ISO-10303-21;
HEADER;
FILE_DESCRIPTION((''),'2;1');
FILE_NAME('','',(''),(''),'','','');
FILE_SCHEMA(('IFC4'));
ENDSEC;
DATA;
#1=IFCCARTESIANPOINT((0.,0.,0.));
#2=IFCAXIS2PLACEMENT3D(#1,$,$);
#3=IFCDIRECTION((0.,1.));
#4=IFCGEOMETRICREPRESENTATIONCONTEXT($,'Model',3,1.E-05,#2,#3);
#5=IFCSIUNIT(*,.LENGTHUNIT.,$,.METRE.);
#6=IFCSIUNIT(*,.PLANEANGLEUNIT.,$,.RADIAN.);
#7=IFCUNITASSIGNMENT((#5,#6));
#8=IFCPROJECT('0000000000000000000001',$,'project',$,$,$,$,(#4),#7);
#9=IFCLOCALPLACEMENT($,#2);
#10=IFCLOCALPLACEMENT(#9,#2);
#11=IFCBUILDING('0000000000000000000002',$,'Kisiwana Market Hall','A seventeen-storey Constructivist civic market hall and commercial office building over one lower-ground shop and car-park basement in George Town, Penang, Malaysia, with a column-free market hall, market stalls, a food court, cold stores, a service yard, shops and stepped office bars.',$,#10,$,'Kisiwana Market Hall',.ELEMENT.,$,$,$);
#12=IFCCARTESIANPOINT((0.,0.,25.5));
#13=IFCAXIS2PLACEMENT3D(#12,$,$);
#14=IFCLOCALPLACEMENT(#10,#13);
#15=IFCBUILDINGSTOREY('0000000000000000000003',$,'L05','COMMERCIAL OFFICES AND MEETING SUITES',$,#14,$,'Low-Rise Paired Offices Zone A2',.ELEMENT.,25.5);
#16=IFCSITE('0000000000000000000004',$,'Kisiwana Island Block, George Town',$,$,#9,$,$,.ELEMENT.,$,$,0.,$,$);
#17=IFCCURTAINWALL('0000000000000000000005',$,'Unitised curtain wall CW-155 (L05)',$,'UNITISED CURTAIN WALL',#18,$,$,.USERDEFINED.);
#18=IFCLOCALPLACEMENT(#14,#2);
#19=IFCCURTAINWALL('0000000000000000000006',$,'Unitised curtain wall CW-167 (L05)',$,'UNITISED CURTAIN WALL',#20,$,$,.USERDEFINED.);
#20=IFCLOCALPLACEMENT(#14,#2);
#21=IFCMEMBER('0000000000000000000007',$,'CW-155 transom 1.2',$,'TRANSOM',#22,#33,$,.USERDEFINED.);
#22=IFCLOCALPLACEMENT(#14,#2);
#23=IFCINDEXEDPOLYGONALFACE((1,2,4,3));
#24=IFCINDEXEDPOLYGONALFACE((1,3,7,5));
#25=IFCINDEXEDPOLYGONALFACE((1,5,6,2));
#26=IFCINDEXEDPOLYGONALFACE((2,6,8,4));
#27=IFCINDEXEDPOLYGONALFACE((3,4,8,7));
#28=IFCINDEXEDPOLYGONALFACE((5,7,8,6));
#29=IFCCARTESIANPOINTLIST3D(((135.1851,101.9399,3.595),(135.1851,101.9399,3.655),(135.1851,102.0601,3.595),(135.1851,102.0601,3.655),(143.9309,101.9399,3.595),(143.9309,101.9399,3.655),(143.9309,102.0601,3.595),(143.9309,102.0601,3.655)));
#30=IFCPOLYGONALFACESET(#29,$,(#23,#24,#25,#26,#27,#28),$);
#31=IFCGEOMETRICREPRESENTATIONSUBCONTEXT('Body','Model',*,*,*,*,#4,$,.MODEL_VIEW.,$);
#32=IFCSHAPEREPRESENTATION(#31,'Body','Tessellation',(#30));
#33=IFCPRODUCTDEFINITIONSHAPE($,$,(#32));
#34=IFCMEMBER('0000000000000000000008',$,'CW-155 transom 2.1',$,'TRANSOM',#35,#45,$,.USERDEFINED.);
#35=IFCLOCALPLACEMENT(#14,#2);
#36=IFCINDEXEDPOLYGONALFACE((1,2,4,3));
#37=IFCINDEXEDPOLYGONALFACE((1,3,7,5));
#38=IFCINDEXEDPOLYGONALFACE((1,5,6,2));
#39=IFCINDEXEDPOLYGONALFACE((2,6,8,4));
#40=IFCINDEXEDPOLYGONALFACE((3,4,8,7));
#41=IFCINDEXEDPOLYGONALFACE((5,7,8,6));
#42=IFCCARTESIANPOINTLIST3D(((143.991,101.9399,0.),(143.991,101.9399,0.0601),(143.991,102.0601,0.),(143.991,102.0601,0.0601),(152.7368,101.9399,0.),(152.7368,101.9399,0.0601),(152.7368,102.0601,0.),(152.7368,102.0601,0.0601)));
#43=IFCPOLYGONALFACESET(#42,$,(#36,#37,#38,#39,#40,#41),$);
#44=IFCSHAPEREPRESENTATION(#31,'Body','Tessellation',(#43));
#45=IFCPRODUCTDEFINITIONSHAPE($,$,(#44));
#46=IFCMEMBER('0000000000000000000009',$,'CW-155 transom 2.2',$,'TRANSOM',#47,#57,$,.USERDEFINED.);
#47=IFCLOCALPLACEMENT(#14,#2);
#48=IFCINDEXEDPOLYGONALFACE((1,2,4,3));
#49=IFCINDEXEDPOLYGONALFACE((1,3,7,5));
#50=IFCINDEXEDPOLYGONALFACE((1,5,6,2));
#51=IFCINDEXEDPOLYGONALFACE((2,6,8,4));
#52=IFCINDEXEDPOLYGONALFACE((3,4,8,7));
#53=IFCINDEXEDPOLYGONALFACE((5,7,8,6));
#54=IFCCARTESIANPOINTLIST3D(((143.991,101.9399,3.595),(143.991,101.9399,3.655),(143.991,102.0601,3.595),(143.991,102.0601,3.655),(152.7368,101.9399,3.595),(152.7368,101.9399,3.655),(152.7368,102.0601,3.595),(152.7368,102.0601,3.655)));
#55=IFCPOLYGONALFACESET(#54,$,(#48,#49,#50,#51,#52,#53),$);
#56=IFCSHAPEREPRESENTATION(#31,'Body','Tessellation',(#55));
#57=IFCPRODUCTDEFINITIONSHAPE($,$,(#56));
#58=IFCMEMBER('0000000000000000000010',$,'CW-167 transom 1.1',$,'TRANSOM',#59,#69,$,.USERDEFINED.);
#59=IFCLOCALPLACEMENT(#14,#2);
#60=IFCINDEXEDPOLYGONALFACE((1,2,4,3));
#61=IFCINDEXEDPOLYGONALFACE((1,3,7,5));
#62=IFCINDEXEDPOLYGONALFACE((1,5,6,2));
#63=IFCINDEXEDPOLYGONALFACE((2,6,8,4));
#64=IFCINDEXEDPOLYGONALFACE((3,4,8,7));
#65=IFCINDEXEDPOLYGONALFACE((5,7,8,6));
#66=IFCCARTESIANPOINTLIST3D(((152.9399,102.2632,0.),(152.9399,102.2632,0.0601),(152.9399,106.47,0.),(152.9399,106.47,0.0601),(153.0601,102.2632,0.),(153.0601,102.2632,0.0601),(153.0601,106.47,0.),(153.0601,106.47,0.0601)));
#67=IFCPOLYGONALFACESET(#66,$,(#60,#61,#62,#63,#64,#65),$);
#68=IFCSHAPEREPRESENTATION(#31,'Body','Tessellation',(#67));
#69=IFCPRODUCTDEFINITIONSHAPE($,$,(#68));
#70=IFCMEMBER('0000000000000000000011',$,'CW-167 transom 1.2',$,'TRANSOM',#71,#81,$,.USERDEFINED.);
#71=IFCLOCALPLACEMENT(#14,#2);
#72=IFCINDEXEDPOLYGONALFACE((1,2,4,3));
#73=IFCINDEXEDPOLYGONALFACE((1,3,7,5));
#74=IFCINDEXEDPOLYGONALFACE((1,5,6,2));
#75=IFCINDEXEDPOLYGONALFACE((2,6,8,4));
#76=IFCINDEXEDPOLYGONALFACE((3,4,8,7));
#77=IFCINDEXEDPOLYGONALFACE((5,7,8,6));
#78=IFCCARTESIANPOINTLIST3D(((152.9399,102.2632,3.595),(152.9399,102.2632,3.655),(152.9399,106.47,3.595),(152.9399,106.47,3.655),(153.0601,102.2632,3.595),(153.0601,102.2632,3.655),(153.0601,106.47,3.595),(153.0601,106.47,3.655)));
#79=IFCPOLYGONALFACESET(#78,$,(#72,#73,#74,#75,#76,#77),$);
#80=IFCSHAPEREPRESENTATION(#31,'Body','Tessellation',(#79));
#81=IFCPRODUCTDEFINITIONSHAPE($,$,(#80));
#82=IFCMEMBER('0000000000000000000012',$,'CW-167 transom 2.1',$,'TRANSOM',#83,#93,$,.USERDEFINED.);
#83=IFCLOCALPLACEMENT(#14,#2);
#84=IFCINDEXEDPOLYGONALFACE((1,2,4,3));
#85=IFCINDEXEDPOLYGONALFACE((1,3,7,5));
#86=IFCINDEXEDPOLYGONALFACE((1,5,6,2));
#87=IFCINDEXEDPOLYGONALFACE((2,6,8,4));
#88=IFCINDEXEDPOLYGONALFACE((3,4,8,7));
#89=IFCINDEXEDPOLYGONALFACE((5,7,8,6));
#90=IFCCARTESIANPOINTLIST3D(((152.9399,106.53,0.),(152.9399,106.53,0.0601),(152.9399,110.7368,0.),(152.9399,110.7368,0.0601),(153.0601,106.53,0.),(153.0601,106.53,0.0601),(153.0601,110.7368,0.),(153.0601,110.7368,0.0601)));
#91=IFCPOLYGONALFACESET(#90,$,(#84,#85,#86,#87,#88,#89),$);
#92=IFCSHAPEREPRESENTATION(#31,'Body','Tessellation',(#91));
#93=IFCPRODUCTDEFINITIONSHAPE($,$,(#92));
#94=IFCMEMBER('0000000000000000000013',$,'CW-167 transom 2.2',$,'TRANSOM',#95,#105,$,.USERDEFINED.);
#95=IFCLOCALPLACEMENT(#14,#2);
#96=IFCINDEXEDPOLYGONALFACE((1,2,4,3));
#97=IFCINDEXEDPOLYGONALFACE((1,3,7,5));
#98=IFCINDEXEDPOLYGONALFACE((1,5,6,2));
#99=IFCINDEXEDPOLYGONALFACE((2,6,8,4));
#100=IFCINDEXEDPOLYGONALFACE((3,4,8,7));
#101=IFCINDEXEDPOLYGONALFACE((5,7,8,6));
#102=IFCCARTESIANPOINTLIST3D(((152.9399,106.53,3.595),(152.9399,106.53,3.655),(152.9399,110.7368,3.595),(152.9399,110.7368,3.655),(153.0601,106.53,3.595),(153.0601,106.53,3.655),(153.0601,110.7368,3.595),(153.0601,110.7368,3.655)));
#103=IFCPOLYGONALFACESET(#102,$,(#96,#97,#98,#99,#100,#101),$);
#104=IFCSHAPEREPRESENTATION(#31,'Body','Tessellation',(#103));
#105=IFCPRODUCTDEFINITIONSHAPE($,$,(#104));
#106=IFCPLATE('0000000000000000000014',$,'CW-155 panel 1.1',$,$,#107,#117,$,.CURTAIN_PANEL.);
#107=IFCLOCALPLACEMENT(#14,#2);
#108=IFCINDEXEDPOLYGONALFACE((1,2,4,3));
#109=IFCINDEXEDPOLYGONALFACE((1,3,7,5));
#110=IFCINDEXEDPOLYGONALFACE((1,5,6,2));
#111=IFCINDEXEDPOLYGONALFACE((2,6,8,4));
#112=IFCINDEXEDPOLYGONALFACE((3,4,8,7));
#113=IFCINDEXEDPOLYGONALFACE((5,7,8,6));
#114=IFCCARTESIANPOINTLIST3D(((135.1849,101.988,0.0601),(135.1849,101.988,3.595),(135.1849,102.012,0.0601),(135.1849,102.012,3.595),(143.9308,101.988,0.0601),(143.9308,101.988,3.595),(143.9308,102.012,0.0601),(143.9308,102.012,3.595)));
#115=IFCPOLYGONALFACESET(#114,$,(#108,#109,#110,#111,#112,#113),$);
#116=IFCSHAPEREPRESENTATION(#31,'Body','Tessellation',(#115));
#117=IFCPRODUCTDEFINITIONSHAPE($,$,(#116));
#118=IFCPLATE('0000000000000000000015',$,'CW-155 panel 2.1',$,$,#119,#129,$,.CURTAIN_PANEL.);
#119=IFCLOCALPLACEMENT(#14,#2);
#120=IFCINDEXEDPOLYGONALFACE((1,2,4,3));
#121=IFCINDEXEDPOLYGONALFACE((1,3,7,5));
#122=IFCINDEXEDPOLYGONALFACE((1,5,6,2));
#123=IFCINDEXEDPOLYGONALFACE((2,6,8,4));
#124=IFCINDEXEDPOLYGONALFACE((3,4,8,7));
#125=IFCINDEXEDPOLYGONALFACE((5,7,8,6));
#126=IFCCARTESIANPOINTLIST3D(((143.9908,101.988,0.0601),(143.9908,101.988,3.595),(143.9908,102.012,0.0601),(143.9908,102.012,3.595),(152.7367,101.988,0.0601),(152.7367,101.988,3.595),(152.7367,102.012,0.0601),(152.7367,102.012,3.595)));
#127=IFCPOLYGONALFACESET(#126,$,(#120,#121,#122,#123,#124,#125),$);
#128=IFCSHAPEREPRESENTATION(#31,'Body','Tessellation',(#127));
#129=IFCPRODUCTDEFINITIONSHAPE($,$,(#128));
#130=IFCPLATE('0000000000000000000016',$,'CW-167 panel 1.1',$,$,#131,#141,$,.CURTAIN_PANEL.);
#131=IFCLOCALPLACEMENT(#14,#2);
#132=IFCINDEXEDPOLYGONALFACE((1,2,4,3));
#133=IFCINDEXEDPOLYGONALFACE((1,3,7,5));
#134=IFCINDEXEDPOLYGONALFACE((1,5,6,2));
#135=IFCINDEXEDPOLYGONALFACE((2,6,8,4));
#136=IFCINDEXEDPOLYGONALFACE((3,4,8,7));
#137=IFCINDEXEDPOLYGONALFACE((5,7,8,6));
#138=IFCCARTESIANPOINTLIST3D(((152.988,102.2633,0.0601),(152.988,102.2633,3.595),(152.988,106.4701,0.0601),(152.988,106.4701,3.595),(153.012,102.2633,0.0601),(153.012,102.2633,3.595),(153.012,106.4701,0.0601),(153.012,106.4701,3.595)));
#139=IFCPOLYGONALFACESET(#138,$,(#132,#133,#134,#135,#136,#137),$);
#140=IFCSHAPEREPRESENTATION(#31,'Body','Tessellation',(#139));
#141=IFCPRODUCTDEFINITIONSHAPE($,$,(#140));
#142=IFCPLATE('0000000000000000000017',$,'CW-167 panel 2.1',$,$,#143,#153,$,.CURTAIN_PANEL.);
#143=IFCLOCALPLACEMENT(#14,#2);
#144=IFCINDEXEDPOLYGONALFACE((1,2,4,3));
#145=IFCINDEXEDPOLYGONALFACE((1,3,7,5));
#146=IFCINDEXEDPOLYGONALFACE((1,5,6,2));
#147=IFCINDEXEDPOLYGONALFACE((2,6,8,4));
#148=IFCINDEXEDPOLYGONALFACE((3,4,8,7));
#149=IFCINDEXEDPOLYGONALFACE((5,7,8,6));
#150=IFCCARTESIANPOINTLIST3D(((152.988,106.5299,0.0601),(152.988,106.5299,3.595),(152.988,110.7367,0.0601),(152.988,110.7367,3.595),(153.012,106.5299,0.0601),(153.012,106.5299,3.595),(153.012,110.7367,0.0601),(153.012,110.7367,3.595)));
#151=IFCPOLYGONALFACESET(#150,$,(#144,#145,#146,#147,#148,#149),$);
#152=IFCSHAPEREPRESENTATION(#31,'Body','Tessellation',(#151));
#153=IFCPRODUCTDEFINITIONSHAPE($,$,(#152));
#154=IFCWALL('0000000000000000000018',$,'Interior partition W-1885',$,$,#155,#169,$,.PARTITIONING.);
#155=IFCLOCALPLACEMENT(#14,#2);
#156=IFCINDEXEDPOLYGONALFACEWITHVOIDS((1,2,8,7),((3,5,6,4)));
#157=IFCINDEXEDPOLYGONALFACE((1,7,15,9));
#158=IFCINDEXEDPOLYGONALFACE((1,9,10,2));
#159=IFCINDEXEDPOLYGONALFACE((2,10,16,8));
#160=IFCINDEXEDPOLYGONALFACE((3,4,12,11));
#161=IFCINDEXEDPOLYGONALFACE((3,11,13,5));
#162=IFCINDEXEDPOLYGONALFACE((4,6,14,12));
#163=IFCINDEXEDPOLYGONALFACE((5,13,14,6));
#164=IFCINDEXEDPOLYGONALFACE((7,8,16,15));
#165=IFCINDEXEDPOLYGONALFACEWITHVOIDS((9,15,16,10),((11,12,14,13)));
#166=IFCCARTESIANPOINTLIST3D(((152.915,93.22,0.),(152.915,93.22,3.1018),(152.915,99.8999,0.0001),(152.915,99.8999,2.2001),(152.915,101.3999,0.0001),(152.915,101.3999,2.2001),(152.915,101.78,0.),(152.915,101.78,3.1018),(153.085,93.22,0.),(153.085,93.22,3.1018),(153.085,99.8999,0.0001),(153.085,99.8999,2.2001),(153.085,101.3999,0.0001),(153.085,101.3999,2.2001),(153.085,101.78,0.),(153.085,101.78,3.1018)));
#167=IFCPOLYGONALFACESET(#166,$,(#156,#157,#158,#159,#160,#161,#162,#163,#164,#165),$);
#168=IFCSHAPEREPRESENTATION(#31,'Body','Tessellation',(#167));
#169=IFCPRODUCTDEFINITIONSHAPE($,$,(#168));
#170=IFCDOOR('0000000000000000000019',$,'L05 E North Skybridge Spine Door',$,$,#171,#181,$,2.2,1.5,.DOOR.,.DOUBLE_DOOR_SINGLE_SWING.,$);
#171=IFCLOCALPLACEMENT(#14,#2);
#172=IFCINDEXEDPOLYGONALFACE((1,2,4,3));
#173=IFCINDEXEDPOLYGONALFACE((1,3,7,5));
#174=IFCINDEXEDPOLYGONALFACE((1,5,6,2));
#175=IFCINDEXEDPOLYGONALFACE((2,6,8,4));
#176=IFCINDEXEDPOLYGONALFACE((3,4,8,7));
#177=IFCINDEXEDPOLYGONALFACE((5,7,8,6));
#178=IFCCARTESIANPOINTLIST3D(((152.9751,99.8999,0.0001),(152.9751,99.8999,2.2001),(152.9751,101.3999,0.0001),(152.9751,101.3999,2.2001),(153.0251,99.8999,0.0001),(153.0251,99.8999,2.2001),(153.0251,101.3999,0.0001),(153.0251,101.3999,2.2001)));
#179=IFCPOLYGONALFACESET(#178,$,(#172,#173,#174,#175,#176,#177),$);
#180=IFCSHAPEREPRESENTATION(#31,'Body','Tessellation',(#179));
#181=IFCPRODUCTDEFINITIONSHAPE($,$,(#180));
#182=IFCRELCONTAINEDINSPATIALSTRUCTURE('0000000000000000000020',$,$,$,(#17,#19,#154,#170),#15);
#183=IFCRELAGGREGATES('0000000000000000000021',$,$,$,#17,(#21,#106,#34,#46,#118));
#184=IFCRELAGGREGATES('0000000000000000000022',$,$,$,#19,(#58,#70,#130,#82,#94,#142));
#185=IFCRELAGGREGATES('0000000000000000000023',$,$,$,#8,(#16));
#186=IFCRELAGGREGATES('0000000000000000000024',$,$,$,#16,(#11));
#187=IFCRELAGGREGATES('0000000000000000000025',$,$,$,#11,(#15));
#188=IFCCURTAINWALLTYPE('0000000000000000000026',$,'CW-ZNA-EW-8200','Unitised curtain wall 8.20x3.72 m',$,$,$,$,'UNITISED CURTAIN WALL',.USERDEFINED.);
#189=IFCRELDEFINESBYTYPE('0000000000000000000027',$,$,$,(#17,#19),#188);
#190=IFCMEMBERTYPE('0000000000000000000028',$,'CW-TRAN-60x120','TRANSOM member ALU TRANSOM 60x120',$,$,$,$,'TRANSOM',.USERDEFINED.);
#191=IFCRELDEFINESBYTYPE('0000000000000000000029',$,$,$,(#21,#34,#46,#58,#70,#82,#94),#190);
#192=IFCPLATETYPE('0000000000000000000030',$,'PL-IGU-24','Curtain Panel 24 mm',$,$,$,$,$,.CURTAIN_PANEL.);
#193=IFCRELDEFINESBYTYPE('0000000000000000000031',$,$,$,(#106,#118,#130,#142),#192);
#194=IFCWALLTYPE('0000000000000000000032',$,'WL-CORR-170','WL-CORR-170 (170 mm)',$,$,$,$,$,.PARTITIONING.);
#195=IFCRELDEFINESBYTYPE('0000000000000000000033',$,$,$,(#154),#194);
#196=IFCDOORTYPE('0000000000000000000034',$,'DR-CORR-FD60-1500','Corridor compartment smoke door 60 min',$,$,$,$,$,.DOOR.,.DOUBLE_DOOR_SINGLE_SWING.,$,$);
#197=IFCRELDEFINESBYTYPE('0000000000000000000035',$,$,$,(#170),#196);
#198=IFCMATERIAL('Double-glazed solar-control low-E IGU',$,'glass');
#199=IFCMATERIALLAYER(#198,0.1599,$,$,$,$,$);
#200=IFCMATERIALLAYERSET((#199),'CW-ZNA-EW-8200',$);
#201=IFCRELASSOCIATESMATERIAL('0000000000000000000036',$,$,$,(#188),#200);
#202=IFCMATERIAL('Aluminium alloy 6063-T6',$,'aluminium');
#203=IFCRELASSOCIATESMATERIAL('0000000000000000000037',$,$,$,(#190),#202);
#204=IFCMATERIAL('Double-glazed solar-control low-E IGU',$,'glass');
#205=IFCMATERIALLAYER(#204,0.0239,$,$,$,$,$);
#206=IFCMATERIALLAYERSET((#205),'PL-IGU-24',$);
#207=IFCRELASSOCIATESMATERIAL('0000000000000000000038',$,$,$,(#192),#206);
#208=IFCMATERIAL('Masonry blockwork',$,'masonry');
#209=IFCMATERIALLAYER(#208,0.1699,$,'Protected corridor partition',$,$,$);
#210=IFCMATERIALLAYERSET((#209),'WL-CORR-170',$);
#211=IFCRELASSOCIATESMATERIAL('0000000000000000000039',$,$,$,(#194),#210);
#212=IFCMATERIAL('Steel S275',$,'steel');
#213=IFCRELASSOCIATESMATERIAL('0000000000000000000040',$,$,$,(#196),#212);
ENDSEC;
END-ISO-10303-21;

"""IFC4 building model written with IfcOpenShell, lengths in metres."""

from ifc_helpers import new_model, si_unit, direction, frame, frame_2d, origin, origin_2d, place, context, subcontext, project, spatial, rectangle, extrude, material, layer, layer_set, material_profile, profile_set, type_object, element, fill, aggregate, save


model = new_model("IFC4")

# Units and contexts
model_context = context("Model", 3, precision=1e-05, world=origin(), true_north=direction((0.0, 1.0)))
body_context = subcontext(model_context, "Body", "Model", "MODEL_VIEW")
ifc_project = project(units=[si_unit("LENGTHUNIT", "METRE"), si_unit("PLANEANGLEUNIT", "RADIAN")], contexts=[model_context])

# Site, building, storey
site_placement = place(None, origin())
site = spatial("IfcSite", under=ifc_project, at=site_placement, Name="Kisiwana Island Block, George Town", CompositionType="ELEMENT", RefElevation=0.0)
building_placement = place(site_placement, origin())
building = spatial("IfcBuilding", under=site, at=building_placement, Name="Kisiwana Market Hall", Description="A seventeen-storey Constructivist civic market hall and commercial office building over one lower-ground shop and car-park basement in George Town, Penang, Malaysia, with a column-free market hall, market stalls, a food court, cold stores, a service yard, shops and stepped office bars.", LongName="Kisiwana Market Hall", CompositionType="ELEMENT")
storey_placement = place(building_placement, frame((0.0, 0.0, 25.5)))
storey = spatial("IfcBuildingStorey", under=building, at=storey_placement, Name="L05", Description="COMMERCIAL OFFICES AND MEETING SUITES", LongName="Low-Rise Paired Offices Zone A2", CompositionType="ELEMENT", Elevation=25.5)

# Curtain wall
ifc_material_1 = material(Name="Double-glazed solar-control low-E IGU", Category="glass")
ifc_layer_1 = layer(ifc_material_1, 0.1599)
ifc_layer_set_1 = layer_set([ifc_layer_1], Name="CW-ZNA-EW-8200")
curtain_wall_type = type_object("IfcCurtainWallType", Name="CW-ZNA-EW-8200", Description="Unitised curtain wall 8.20x3.72 m", ElementType="UNITISED CURTAIN WALL", PredefinedType="USERDEFINED", material=ifc_layer_set_1)
curtain_wall_1_placement = place(storey_placement, origin())
curtain_wall_1 = element("IfcCurtainWall", 1, at=curtain_wall_1_placement, inside=storey, type_object=curtain_wall_type, Name="Unitised curtain wall CW-155 (L05)", ObjectType="UNITISED CURTAIN WALL", PredefinedType="USERDEFINED")

# Curtain wall
curtain_wall_2_placement = place(storey_placement, origin())
curtain_wall_2 = element("IfcCurtainWall", 2, at=curtain_wall_2_placement, inside=storey, type_object=curtain_wall_type, Name="Unitised curtain wall CW-167 (L05)", ObjectType="UNITISED CURTAIN WALL", PredefinedType="USERDEFINED")

# Members
ifc_material_2 = material(Name="Aluminium alloy 6063-T6", Category="aluminium")
ifc_material_profile_1 = material_profile(ifc_material_2, rectangle(XDim=0.1201, YDim=0.0601, at=origin_2d()), Name="ALU TRANSOM 60x120")
ifc_profile_set_1 = profile_set([ifc_material_profile_1], Name="Aluminium alloy 6063-T6")
member_type_1 = type_object("IfcMemberType", Name="CW-TRAN-60x120", Description="TRANSOM member ALU TRANSOM 60x120", ElementType="TRANSOM", PredefinedType="USERDEFINED", material=ifc_profile_set_1)
member_1_placement = place(storey_placement, frame((135.1851, 102.0, 3.625), z_axis=(1.0, 0.0, 0.0), x_axis=(0.0, 1.0, 0.0)))
member_1 = element("IfcMember", 3, at=member_1_placement, type_object=member_type_1, Name="CW-155 transom 1.2", ObjectType="TRANSOM", PredefinedType="USERDEFINED", context=body_context, shape_type="SweptSolid", body=[
    extrude(rectangle(XDim=0.1201, YDim=0.0601, at=origin_2d()), origin(), (0.0, 0.0, 1.0), 8.7458),
])
member_2_placement = place(storey_placement, frame((143.991, 102.0, 0.03), z_axis=(1.0, 0.0, 0.0), x_axis=(0.0, 1.0, 0.0)))
member_2 = element("IfcMember", 4, at=member_2_placement, type_object=member_type_1, Name="CW-155 transom 2.1", ObjectType="TRANSOM", PredefinedType="USERDEFINED", context=body_context, shape_type="SweptSolid", body=[
    extrude(rectangle(XDim=0.1201, YDim=0.0601, at=origin_2d()), origin(), (0.0, 0.0, 1.0), 8.7458),
])
member_3_placement = place(storey_placement, frame((143.991, 102.0, 3.625), z_axis=(1.0, 0.0, 0.0), x_axis=(0.0, 1.0, 0.0)))
member_3 = element("IfcMember", 5, at=member_3_placement, type_object=member_type_1, Name="CW-155 transom 2.2", ObjectType="TRANSOM", PredefinedType="USERDEFINED", context=body_context, shape_type="SweptSolid", body=[
    extrude(rectangle(XDim=0.1201, YDim=0.0601, at=origin_2d()), origin(), (0.0, 0.0, 1.0), 8.7458),
])
member_4_placement = place(storey_placement, frame((153.0, 102.2632, 0.03), z_axis=(0.0, 1.0, 0.0), x_axis=(-1.0, 0.0, 0.0)))
member_4 = element("IfcMember", 6, at=member_4_placement, type_object=member_type_1, Name="CW-167 transom 1.1", ObjectType="TRANSOM", PredefinedType="USERDEFINED", context=body_context, shape_type="SweptSolid", body=[
    extrude(rectangle(XDim=0.1201, YDim=0.0601, at=origin_2d()), origin(), (0.0, 0.0, 1.0), 4.2068),
])
member_5_placement = place(storey_placement, frame((153.0, 102.2632, 3.625), z_axis=(0.0, 1.0, 0.0), x_axis=(-1.0, 0.0, 0.0)))
member_5 = element("IfcMember", 7, at=member_5_placement, type_object=member_type_1, Name="CW-167 transom 1.2", ObjectType="TRANSOM", PredefinedType="USERDEFINED", context=body_context, shape_type="SweptSolid", body=[
    extrude(rectangle(XDim=0.1201, YDim=0.0601, at=origin_2d()), origin(), (0.0, 0.0, 1.0), 4.2068),
])
member_6_placement = place(storey_placement, frame((153.0, 106.53, 0.03), z_axis=(0.0, 1.0, 0.0), x_axis=(-1.0, 0.0, 0.0)))
member_6 = element("IfcMember", 8, at=member_6_placement, type_object=member_type_1, Name="CW-167 transom 2.1", ObjectType="TRANSOM", PredefinedType="USERDEFINED", context=body_context, shape_type="SweptSolid", body=[
    extrude(rectangle(XDim=0.1201, YDim=0.0601, at=origin_2d()), origin(), (0.0, 0.0, 1.0), 4.2068),
])
member_7_placement = place(storey_placement, frame((153.0, 106.53, 3.625), z_axis=(0.0, 1.0, 0.0), x_axis=(-1.0, 0.0, 0.0)))
member_7 = element("IfcMember", 9, at=member_7_placement, type_object=member_type_1, Name="CW-167 transom 2.2", ObjectType="TRANSOM", PredefinedType="USERDEFINED", context=body_context, shape_type="SweptSolid", body=[
    extrude(rectangle(XDim=0.1201, YDim=0.0601, at=origin_2d()), origin(), (0.0, 0.0, 1.0), 4.2068),
])

# Plates
ifc_material_3 = material(Name="Double-glazed solar-control low-E IGU", Category="glass")
ifc_layer_2 = layer(ifc_material_3, 0.0239)
ifc_layer_set_2 = layer_set([ifc_layer_2], Name="PL-IGU-24")
plate_type = type_object("IfcPlateType", Name="PL-IGU-24", Description="Curtain Panel 24 mm", PredefinedType="CURTAIN_PANEL", material=ifc_layer_set_2)
plate_1_placement = place(storey_placement, frame((139.5579, 102.0, 0.0601), z_axis=(0.0, 0.0, 1.0), x_axis=(1.0, 0.0, 0.0)))
plate_1 = element("IfcPlate", 10, at=plate_1_placement, type_object=plate_type, Name="CW-155 panel 1.1", PredefinedType="CURTAIN_PANEL", context=body_context, shape_type="SweptSolid", body=[
    extrude(rectangle(XDim=8.7458, YDim=0.0239, at=origin_2d()), origin(), (0.0, 0.0, 1.0), 3.5349),
])
plate_2_placement = place(storey_placement, frame((148.3638, 102.0, 0.0601), z_axis=(0.0, 0.0, 1.0), x_axis=(1.0, 0.0, 0.0)))
plate_2 = element("IfcPlate", 11, at=plate_2_placement, type_object=plate_type, Name="CW-155 panel 2.1", PredefinedType="CURTAIN_PANEL", context=body_context, shape_type="SweptSolid", body=[
    extrude(rectangle(XDim=8.7458, YDim=0.0239, at=origin_2d()), origin(), (0.0, 0.0, 1.0), 3.5349),
])
aggregate(curtain_wall_1, [member_1, plate_1, member_2, member_3, plate_2])
plate_3_placement = place(storey_placement, frame((153.0, 104.3667, 0.0601), z_axis=(0.0, 0.0, 1.0), x_axis=(0.0, 1.0, 0.0)))
plate_3 = element("IfcPlate", 12, at=plate_3_placement, type_object=plate_type, Name="CW-167 panel 1.1", PredefinedType="CURTAIN_PANEL", context=body_context, shape_type="SweptSolid", body=[
    extrude(rectangle(XDim=4.2068, YDim=0.0239, at=origin_2d()), origin(), (0.0, 0.0, 1.0), 3.5349),
])
plate_4_placement = place(storey_placement, frame((153.0, 108.6333, 0.0601), z_axis=(0.0, 0.0, 1.0), x_axis=(0.0, 1.0, 0.0)))
plate_4 = element("IfcPlate", 13, at=plate_4_placement, type_object=plate_type, Name="CW-167 panel 2.1", PredefinedType="CURTAIN_PANEL", context=body_context, shape_type="SweptSolid", body=[
    extrude(rectangle(XDim=4.2068, YDim=0.0239, at=origin_2d()), origin(), (0.0, 0.0, 1.0), 3.5349),
])
aggregate(curtain_wall_2, [member_4, member_5, plate_3, member_6, member_7, plate_4])

# Wall, opening, door
ifc_material_4 = material(Name="Masonry blockwork", Category="masonry")
ifc_layer_3 = layer(ifc_material_4, 0.1699, Name="Protected corridor partition")
ifc_layer_set_3 = layer_set([ifc_layer_3], Name="WL-CORR-170")
wall_type_1 = type_object("IfcWallType", Name="WL-CORR-170", Description="WL-CORR-170 (170 mm)", PredefinedType="PARTITIONING", material=ifc_layer_set_3)
wall_1_placement = place(storey_placement, frame((153.0, 93.22, 0.0), z_axis=(0.0, 0.0, 1.0), x_axis=(0.0, 1.0, 0.0)))
wall_1 = element("IfcWall", 14, at=wall_1_placement, inside=storey, type_object=wall_type_1, Name="Interior partition W-1885", PredefinedType="PARTITIONING", context=body_context, shape_type="SweptSolid", body=[
    extrude(rectangle(XDim=8.5601, YDim=0.1699, at=frame_2d((4.28, 0.0))), origin(), (0.0, 0.0, 1.0), 3.1018),
])
opening_placement = place(wall_1_placement, frame((6.6799, 0.0, 0.0)))
opening = element("IfcOpeningElement", 15, at=opening_placement, cuts=wall_1, PredefinedType="OPENING", context=body_context, shape_type="SweptSolid", body=[
    extrude(rectangle(XDim=1.5, YDim=2.2, at=frame_2d((0.75, 1.1001))), frame((0.0, 0.0969, 0.0), z_axis=(0.0, -1.0, 0.0), x_axis=(1.0, 0.0, 0.0)), (0.0, 0.0, 1.0), 0.1938),
])
ifc_material_5 = material(Name="Steel S275", Category="steel")
door_type = type_object("IfcDoorType", Name="DR-CORR-FD60-1500", Description="Corridor compartment smoke door 60 min", OperationType="DOUBLE_DOOR_SINGLE_SWING", PredefinedType="DOOR", material=ifc_material_5)
door_placement = place(opening_placement, origin())
door = element("IfcDoor", 16, at=door_placement, inside=storey, type_object=door_type, Name="L05 E North Skybridge Spine Door", OperationType="DOUBLE_DOOR_SINGLE_SWING", OverallHeight=2.2, OverallWidth=1.5, PredefinedType="DOOR", context=body_context, shape_type="SweptSolid", body=[
    extrude(rectangle(XDim=1.5, YDim=2.2, at=frame_2d((0.75, 1.1001))), frame((0.0, 0.0249, 0.0), z_axis=(0.0, -1.0, 0.0), x_axis=(1.0, 0.0, 0.0)), (0.0, 0.0, 1.0), 0.05),
])
fill(opening, door)

save(model, "model.ifc")
